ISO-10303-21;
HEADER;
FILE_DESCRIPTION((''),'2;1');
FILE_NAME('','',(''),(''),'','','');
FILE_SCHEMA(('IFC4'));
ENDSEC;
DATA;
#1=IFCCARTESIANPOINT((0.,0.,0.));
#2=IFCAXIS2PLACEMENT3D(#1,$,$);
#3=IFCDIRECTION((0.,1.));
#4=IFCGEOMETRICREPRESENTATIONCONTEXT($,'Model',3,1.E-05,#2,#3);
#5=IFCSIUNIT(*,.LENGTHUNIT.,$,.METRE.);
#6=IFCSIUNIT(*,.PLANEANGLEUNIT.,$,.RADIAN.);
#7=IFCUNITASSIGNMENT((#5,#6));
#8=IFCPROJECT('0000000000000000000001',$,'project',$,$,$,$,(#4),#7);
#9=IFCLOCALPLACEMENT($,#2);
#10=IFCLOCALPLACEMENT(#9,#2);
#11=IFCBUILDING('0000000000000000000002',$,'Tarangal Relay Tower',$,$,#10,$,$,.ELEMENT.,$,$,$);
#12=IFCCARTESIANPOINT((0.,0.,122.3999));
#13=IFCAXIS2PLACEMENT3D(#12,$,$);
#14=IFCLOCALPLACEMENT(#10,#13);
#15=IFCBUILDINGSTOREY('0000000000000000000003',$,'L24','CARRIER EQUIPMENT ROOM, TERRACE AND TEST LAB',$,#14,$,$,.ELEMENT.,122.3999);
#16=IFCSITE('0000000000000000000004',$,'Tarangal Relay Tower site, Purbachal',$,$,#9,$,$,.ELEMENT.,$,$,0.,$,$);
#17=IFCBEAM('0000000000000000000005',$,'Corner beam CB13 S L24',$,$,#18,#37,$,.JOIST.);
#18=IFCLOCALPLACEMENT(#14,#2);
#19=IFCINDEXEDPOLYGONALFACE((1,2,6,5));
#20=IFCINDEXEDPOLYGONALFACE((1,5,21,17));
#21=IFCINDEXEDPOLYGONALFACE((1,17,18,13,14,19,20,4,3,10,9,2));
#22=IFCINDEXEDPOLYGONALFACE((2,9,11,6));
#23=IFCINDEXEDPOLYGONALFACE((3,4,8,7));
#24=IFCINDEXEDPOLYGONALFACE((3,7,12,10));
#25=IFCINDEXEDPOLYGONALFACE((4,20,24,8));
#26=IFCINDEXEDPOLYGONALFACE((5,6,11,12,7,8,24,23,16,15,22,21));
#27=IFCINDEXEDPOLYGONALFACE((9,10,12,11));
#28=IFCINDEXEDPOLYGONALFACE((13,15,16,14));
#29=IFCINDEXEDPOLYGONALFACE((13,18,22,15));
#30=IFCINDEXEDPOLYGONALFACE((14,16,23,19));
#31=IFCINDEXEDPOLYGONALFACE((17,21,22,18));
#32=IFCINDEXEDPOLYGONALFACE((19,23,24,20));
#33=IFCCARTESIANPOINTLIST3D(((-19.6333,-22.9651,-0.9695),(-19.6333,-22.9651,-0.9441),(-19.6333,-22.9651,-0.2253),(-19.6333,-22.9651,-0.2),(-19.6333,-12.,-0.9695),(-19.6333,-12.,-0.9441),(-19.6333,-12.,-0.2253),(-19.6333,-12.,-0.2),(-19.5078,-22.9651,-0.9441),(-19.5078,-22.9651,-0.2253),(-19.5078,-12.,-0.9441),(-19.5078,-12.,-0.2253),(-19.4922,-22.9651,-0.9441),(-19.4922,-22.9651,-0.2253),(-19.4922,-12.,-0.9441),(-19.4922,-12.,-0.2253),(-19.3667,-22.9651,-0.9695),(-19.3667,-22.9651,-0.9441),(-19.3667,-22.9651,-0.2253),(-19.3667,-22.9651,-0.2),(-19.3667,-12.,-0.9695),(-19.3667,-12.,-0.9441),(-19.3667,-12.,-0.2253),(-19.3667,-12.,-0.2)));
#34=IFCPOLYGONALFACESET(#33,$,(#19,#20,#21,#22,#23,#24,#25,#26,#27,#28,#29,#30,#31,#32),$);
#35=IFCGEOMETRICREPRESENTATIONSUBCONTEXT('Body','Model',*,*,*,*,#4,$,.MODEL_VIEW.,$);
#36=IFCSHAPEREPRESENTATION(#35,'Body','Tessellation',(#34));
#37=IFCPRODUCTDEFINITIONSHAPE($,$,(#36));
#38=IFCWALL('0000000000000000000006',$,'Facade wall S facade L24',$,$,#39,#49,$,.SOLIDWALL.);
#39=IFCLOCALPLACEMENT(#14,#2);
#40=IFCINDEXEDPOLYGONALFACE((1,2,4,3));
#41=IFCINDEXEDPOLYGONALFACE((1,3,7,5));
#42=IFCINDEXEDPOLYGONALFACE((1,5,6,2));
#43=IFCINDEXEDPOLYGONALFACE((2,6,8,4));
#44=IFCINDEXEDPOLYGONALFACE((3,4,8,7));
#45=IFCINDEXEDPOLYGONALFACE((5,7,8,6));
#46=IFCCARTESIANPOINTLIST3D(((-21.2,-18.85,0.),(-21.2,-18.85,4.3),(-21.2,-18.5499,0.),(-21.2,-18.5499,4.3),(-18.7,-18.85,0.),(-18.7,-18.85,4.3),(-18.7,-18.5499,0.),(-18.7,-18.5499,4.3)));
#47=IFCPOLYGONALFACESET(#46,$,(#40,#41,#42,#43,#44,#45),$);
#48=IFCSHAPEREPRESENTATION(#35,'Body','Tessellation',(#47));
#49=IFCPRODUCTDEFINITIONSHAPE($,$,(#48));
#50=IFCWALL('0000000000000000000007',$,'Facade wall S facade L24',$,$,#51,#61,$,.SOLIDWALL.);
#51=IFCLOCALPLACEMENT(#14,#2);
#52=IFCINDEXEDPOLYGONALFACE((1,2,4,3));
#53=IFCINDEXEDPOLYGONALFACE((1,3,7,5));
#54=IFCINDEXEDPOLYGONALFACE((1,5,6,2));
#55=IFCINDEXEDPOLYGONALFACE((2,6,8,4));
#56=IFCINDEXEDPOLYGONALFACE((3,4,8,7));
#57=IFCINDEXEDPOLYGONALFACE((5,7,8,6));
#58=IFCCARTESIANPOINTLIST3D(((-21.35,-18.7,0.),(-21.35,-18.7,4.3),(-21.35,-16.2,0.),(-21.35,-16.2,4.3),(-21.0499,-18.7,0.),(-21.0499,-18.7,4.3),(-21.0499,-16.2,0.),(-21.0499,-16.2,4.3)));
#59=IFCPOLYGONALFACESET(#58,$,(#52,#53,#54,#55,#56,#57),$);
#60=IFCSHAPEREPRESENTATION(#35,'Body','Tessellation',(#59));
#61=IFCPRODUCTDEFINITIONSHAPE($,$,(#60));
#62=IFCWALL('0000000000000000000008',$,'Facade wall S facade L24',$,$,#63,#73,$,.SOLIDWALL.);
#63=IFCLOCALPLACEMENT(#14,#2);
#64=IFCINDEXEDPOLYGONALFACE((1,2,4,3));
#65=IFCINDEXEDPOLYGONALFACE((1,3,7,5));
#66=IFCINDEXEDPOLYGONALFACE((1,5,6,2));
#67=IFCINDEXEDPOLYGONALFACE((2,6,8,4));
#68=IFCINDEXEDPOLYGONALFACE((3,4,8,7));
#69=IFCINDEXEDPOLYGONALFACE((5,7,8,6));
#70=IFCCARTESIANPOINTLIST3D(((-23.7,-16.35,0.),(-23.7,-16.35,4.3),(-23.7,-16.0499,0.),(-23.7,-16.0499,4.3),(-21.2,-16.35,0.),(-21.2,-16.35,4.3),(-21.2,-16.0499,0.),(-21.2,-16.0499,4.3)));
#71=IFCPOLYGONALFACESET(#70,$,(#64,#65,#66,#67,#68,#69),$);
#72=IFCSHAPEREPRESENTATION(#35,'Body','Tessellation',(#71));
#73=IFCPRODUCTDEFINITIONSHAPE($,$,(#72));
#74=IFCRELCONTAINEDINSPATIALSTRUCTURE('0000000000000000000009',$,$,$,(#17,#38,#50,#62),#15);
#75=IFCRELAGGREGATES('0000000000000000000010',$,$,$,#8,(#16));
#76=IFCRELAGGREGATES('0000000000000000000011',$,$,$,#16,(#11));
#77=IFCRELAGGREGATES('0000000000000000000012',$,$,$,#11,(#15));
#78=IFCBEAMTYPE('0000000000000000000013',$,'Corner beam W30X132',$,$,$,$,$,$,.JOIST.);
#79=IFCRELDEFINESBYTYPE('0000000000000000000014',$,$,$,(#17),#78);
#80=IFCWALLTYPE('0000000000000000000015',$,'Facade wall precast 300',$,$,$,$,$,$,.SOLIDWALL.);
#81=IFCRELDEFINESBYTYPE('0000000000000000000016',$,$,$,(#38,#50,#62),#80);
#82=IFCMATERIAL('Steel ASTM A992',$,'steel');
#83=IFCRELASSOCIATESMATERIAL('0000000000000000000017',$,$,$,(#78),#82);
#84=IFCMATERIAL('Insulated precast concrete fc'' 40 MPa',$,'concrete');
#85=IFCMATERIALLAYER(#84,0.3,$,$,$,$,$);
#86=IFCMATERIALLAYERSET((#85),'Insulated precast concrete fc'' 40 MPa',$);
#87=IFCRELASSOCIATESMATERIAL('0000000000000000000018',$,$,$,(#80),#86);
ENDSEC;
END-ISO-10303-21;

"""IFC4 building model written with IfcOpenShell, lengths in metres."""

from ifc_helpers import new_model, si_unit, direction, frame, frame_2d, origin, origin_2d, place, context, subcontext, project, spatial, rectangle, i_section, extrude, material, layer, layer_set, material_profile, profile_set, type_object, element, save


model = new_model("IFC4")

# Units and contexts
model_context = context("Model", 3, precision=1e-05, world=origin(), true_north=direction((0.0, 1.0)))
body_context = subcontext(model_context, "Body", "Model", "MODEL_VIEW")
ifc_project = project(units=[si_unit("LENGTHUNIT", "METRE"), si_unit("PLANEANGLEUNIT", "RADIAN")], contexts=[model_context])

# Site, building, storey
site_placement = place(None, origin())
site = spatial("IfcSite", under=ifc_project, at=site_placement, Name="Tarangal Relay Tower site, Purbachal", CompositionType="ELEMENT", RefElevation=0.0)
building_placement = place(site_placement, origin())
building = spatial("IfcBuilding", under=site, at=building_placement, Name="Tarangal Relay Tower", CompositionType="ELEMENT")
storey_placement = place(building_placement, frame((0.0, 0.0, 122.3999)))
storey = spatial("IfcBuildingStorey", under=building, at=storey_placement, Name="L24", Description="CARRIER EQUIPMENT ROOM, TERRACE AND TEST LAB", CompositionType="ELEMENT", Elevation=122.3999)

# Beam
ifc_material_1 = material(Name="Steel ASTM A992", Category="steel")
ifc_material_profile = material_profile(ifc_material_1, i_section(OverallWidth=0.2666, OverallDepth=0.7695, WebThickness=0.0156, FlangeThickness=0.0254, at=origin_2d()), Name="W30X132")
ifc_profile_set = profile_set([ifc_material_profile], Name="Steel ASTM A992")
beam_type = type_object("IfcBeamType", Name="Corner beam W30X132", PredefinedType="JOIST", material=ifc_profile_set)
beam_placement = place(storey_placement, frame((-19.5, -12.0, -0.5847), z_axis=(0.0, -1.0, 0.0), x_axis=(1.0, 0.0, 0.0)))
element("IfcBeam", 1, at=beam_placement, inside=storey, type_object=beam_type, Name="Corner beam CB13 S L24", PredefinedType="JOIST", context=body_context, shape_type="SweptSolid", body=[
    extrude(i_section(OverallWidth=0.2666, OverallDepth=0.7695, WebThickness=0.0156, FlangeThickness=0.0254, at=origin_2d()), origin(), (0.0, 0.0, 1.0), 10.9651),
])

# Walls
ifc_material_2 = material(Name="Insulated precast concrete fc' 40 MPa", Category="concrete")
ifc_layer_1 = layer(ifc_material_2, 0.3)
ifc_layer_set_1 = layer_set([ifc_layer_1], Name="Insulated precast concrete fc' 40 MPa")
wall_type_1 = type_object("IfcWallType", Name="Facade wall precast 300", PredefinedType="SOLIDWALL", material=ifc_layer_set_1)
for number, where, z_axis, x_axis, name in (
    (2, (-18.7, -18.7, 0.0), (0.0, 0.0, 1.0), (-1.0, 0.0, 0.0), "Facade wall S facade L24"),
    (3, (-21.2, -18.7, 0.0), (0.0, 0.0, 1.0), (0.0, 1.0, 0.0), "Facade wall S facade L24"),
    (4, (-21.2, -16.2, 0.0), (0.0, 0.0, 1.0), (-1.0, 0.0, 0.0), "Facade wall S facade L24"),
):
    element("IfcWall", number, at=place(storey_placement, frame(where, z_axis=z_axis, x_axis=x_axis)), inside=storey, type_object=wall_type_1, Name=name, PredefinedType="SOLIDWALL", context=body_context, shape_type="SweptSolid", body=[
        extrude(rectangle(XDim=2.5, YDim=0.3, at=frame_2d((1.25, 0.0))), origin(), (0.0, 0.0, 1.0), 4.3),
    ])

save(model, "model.ifc")
